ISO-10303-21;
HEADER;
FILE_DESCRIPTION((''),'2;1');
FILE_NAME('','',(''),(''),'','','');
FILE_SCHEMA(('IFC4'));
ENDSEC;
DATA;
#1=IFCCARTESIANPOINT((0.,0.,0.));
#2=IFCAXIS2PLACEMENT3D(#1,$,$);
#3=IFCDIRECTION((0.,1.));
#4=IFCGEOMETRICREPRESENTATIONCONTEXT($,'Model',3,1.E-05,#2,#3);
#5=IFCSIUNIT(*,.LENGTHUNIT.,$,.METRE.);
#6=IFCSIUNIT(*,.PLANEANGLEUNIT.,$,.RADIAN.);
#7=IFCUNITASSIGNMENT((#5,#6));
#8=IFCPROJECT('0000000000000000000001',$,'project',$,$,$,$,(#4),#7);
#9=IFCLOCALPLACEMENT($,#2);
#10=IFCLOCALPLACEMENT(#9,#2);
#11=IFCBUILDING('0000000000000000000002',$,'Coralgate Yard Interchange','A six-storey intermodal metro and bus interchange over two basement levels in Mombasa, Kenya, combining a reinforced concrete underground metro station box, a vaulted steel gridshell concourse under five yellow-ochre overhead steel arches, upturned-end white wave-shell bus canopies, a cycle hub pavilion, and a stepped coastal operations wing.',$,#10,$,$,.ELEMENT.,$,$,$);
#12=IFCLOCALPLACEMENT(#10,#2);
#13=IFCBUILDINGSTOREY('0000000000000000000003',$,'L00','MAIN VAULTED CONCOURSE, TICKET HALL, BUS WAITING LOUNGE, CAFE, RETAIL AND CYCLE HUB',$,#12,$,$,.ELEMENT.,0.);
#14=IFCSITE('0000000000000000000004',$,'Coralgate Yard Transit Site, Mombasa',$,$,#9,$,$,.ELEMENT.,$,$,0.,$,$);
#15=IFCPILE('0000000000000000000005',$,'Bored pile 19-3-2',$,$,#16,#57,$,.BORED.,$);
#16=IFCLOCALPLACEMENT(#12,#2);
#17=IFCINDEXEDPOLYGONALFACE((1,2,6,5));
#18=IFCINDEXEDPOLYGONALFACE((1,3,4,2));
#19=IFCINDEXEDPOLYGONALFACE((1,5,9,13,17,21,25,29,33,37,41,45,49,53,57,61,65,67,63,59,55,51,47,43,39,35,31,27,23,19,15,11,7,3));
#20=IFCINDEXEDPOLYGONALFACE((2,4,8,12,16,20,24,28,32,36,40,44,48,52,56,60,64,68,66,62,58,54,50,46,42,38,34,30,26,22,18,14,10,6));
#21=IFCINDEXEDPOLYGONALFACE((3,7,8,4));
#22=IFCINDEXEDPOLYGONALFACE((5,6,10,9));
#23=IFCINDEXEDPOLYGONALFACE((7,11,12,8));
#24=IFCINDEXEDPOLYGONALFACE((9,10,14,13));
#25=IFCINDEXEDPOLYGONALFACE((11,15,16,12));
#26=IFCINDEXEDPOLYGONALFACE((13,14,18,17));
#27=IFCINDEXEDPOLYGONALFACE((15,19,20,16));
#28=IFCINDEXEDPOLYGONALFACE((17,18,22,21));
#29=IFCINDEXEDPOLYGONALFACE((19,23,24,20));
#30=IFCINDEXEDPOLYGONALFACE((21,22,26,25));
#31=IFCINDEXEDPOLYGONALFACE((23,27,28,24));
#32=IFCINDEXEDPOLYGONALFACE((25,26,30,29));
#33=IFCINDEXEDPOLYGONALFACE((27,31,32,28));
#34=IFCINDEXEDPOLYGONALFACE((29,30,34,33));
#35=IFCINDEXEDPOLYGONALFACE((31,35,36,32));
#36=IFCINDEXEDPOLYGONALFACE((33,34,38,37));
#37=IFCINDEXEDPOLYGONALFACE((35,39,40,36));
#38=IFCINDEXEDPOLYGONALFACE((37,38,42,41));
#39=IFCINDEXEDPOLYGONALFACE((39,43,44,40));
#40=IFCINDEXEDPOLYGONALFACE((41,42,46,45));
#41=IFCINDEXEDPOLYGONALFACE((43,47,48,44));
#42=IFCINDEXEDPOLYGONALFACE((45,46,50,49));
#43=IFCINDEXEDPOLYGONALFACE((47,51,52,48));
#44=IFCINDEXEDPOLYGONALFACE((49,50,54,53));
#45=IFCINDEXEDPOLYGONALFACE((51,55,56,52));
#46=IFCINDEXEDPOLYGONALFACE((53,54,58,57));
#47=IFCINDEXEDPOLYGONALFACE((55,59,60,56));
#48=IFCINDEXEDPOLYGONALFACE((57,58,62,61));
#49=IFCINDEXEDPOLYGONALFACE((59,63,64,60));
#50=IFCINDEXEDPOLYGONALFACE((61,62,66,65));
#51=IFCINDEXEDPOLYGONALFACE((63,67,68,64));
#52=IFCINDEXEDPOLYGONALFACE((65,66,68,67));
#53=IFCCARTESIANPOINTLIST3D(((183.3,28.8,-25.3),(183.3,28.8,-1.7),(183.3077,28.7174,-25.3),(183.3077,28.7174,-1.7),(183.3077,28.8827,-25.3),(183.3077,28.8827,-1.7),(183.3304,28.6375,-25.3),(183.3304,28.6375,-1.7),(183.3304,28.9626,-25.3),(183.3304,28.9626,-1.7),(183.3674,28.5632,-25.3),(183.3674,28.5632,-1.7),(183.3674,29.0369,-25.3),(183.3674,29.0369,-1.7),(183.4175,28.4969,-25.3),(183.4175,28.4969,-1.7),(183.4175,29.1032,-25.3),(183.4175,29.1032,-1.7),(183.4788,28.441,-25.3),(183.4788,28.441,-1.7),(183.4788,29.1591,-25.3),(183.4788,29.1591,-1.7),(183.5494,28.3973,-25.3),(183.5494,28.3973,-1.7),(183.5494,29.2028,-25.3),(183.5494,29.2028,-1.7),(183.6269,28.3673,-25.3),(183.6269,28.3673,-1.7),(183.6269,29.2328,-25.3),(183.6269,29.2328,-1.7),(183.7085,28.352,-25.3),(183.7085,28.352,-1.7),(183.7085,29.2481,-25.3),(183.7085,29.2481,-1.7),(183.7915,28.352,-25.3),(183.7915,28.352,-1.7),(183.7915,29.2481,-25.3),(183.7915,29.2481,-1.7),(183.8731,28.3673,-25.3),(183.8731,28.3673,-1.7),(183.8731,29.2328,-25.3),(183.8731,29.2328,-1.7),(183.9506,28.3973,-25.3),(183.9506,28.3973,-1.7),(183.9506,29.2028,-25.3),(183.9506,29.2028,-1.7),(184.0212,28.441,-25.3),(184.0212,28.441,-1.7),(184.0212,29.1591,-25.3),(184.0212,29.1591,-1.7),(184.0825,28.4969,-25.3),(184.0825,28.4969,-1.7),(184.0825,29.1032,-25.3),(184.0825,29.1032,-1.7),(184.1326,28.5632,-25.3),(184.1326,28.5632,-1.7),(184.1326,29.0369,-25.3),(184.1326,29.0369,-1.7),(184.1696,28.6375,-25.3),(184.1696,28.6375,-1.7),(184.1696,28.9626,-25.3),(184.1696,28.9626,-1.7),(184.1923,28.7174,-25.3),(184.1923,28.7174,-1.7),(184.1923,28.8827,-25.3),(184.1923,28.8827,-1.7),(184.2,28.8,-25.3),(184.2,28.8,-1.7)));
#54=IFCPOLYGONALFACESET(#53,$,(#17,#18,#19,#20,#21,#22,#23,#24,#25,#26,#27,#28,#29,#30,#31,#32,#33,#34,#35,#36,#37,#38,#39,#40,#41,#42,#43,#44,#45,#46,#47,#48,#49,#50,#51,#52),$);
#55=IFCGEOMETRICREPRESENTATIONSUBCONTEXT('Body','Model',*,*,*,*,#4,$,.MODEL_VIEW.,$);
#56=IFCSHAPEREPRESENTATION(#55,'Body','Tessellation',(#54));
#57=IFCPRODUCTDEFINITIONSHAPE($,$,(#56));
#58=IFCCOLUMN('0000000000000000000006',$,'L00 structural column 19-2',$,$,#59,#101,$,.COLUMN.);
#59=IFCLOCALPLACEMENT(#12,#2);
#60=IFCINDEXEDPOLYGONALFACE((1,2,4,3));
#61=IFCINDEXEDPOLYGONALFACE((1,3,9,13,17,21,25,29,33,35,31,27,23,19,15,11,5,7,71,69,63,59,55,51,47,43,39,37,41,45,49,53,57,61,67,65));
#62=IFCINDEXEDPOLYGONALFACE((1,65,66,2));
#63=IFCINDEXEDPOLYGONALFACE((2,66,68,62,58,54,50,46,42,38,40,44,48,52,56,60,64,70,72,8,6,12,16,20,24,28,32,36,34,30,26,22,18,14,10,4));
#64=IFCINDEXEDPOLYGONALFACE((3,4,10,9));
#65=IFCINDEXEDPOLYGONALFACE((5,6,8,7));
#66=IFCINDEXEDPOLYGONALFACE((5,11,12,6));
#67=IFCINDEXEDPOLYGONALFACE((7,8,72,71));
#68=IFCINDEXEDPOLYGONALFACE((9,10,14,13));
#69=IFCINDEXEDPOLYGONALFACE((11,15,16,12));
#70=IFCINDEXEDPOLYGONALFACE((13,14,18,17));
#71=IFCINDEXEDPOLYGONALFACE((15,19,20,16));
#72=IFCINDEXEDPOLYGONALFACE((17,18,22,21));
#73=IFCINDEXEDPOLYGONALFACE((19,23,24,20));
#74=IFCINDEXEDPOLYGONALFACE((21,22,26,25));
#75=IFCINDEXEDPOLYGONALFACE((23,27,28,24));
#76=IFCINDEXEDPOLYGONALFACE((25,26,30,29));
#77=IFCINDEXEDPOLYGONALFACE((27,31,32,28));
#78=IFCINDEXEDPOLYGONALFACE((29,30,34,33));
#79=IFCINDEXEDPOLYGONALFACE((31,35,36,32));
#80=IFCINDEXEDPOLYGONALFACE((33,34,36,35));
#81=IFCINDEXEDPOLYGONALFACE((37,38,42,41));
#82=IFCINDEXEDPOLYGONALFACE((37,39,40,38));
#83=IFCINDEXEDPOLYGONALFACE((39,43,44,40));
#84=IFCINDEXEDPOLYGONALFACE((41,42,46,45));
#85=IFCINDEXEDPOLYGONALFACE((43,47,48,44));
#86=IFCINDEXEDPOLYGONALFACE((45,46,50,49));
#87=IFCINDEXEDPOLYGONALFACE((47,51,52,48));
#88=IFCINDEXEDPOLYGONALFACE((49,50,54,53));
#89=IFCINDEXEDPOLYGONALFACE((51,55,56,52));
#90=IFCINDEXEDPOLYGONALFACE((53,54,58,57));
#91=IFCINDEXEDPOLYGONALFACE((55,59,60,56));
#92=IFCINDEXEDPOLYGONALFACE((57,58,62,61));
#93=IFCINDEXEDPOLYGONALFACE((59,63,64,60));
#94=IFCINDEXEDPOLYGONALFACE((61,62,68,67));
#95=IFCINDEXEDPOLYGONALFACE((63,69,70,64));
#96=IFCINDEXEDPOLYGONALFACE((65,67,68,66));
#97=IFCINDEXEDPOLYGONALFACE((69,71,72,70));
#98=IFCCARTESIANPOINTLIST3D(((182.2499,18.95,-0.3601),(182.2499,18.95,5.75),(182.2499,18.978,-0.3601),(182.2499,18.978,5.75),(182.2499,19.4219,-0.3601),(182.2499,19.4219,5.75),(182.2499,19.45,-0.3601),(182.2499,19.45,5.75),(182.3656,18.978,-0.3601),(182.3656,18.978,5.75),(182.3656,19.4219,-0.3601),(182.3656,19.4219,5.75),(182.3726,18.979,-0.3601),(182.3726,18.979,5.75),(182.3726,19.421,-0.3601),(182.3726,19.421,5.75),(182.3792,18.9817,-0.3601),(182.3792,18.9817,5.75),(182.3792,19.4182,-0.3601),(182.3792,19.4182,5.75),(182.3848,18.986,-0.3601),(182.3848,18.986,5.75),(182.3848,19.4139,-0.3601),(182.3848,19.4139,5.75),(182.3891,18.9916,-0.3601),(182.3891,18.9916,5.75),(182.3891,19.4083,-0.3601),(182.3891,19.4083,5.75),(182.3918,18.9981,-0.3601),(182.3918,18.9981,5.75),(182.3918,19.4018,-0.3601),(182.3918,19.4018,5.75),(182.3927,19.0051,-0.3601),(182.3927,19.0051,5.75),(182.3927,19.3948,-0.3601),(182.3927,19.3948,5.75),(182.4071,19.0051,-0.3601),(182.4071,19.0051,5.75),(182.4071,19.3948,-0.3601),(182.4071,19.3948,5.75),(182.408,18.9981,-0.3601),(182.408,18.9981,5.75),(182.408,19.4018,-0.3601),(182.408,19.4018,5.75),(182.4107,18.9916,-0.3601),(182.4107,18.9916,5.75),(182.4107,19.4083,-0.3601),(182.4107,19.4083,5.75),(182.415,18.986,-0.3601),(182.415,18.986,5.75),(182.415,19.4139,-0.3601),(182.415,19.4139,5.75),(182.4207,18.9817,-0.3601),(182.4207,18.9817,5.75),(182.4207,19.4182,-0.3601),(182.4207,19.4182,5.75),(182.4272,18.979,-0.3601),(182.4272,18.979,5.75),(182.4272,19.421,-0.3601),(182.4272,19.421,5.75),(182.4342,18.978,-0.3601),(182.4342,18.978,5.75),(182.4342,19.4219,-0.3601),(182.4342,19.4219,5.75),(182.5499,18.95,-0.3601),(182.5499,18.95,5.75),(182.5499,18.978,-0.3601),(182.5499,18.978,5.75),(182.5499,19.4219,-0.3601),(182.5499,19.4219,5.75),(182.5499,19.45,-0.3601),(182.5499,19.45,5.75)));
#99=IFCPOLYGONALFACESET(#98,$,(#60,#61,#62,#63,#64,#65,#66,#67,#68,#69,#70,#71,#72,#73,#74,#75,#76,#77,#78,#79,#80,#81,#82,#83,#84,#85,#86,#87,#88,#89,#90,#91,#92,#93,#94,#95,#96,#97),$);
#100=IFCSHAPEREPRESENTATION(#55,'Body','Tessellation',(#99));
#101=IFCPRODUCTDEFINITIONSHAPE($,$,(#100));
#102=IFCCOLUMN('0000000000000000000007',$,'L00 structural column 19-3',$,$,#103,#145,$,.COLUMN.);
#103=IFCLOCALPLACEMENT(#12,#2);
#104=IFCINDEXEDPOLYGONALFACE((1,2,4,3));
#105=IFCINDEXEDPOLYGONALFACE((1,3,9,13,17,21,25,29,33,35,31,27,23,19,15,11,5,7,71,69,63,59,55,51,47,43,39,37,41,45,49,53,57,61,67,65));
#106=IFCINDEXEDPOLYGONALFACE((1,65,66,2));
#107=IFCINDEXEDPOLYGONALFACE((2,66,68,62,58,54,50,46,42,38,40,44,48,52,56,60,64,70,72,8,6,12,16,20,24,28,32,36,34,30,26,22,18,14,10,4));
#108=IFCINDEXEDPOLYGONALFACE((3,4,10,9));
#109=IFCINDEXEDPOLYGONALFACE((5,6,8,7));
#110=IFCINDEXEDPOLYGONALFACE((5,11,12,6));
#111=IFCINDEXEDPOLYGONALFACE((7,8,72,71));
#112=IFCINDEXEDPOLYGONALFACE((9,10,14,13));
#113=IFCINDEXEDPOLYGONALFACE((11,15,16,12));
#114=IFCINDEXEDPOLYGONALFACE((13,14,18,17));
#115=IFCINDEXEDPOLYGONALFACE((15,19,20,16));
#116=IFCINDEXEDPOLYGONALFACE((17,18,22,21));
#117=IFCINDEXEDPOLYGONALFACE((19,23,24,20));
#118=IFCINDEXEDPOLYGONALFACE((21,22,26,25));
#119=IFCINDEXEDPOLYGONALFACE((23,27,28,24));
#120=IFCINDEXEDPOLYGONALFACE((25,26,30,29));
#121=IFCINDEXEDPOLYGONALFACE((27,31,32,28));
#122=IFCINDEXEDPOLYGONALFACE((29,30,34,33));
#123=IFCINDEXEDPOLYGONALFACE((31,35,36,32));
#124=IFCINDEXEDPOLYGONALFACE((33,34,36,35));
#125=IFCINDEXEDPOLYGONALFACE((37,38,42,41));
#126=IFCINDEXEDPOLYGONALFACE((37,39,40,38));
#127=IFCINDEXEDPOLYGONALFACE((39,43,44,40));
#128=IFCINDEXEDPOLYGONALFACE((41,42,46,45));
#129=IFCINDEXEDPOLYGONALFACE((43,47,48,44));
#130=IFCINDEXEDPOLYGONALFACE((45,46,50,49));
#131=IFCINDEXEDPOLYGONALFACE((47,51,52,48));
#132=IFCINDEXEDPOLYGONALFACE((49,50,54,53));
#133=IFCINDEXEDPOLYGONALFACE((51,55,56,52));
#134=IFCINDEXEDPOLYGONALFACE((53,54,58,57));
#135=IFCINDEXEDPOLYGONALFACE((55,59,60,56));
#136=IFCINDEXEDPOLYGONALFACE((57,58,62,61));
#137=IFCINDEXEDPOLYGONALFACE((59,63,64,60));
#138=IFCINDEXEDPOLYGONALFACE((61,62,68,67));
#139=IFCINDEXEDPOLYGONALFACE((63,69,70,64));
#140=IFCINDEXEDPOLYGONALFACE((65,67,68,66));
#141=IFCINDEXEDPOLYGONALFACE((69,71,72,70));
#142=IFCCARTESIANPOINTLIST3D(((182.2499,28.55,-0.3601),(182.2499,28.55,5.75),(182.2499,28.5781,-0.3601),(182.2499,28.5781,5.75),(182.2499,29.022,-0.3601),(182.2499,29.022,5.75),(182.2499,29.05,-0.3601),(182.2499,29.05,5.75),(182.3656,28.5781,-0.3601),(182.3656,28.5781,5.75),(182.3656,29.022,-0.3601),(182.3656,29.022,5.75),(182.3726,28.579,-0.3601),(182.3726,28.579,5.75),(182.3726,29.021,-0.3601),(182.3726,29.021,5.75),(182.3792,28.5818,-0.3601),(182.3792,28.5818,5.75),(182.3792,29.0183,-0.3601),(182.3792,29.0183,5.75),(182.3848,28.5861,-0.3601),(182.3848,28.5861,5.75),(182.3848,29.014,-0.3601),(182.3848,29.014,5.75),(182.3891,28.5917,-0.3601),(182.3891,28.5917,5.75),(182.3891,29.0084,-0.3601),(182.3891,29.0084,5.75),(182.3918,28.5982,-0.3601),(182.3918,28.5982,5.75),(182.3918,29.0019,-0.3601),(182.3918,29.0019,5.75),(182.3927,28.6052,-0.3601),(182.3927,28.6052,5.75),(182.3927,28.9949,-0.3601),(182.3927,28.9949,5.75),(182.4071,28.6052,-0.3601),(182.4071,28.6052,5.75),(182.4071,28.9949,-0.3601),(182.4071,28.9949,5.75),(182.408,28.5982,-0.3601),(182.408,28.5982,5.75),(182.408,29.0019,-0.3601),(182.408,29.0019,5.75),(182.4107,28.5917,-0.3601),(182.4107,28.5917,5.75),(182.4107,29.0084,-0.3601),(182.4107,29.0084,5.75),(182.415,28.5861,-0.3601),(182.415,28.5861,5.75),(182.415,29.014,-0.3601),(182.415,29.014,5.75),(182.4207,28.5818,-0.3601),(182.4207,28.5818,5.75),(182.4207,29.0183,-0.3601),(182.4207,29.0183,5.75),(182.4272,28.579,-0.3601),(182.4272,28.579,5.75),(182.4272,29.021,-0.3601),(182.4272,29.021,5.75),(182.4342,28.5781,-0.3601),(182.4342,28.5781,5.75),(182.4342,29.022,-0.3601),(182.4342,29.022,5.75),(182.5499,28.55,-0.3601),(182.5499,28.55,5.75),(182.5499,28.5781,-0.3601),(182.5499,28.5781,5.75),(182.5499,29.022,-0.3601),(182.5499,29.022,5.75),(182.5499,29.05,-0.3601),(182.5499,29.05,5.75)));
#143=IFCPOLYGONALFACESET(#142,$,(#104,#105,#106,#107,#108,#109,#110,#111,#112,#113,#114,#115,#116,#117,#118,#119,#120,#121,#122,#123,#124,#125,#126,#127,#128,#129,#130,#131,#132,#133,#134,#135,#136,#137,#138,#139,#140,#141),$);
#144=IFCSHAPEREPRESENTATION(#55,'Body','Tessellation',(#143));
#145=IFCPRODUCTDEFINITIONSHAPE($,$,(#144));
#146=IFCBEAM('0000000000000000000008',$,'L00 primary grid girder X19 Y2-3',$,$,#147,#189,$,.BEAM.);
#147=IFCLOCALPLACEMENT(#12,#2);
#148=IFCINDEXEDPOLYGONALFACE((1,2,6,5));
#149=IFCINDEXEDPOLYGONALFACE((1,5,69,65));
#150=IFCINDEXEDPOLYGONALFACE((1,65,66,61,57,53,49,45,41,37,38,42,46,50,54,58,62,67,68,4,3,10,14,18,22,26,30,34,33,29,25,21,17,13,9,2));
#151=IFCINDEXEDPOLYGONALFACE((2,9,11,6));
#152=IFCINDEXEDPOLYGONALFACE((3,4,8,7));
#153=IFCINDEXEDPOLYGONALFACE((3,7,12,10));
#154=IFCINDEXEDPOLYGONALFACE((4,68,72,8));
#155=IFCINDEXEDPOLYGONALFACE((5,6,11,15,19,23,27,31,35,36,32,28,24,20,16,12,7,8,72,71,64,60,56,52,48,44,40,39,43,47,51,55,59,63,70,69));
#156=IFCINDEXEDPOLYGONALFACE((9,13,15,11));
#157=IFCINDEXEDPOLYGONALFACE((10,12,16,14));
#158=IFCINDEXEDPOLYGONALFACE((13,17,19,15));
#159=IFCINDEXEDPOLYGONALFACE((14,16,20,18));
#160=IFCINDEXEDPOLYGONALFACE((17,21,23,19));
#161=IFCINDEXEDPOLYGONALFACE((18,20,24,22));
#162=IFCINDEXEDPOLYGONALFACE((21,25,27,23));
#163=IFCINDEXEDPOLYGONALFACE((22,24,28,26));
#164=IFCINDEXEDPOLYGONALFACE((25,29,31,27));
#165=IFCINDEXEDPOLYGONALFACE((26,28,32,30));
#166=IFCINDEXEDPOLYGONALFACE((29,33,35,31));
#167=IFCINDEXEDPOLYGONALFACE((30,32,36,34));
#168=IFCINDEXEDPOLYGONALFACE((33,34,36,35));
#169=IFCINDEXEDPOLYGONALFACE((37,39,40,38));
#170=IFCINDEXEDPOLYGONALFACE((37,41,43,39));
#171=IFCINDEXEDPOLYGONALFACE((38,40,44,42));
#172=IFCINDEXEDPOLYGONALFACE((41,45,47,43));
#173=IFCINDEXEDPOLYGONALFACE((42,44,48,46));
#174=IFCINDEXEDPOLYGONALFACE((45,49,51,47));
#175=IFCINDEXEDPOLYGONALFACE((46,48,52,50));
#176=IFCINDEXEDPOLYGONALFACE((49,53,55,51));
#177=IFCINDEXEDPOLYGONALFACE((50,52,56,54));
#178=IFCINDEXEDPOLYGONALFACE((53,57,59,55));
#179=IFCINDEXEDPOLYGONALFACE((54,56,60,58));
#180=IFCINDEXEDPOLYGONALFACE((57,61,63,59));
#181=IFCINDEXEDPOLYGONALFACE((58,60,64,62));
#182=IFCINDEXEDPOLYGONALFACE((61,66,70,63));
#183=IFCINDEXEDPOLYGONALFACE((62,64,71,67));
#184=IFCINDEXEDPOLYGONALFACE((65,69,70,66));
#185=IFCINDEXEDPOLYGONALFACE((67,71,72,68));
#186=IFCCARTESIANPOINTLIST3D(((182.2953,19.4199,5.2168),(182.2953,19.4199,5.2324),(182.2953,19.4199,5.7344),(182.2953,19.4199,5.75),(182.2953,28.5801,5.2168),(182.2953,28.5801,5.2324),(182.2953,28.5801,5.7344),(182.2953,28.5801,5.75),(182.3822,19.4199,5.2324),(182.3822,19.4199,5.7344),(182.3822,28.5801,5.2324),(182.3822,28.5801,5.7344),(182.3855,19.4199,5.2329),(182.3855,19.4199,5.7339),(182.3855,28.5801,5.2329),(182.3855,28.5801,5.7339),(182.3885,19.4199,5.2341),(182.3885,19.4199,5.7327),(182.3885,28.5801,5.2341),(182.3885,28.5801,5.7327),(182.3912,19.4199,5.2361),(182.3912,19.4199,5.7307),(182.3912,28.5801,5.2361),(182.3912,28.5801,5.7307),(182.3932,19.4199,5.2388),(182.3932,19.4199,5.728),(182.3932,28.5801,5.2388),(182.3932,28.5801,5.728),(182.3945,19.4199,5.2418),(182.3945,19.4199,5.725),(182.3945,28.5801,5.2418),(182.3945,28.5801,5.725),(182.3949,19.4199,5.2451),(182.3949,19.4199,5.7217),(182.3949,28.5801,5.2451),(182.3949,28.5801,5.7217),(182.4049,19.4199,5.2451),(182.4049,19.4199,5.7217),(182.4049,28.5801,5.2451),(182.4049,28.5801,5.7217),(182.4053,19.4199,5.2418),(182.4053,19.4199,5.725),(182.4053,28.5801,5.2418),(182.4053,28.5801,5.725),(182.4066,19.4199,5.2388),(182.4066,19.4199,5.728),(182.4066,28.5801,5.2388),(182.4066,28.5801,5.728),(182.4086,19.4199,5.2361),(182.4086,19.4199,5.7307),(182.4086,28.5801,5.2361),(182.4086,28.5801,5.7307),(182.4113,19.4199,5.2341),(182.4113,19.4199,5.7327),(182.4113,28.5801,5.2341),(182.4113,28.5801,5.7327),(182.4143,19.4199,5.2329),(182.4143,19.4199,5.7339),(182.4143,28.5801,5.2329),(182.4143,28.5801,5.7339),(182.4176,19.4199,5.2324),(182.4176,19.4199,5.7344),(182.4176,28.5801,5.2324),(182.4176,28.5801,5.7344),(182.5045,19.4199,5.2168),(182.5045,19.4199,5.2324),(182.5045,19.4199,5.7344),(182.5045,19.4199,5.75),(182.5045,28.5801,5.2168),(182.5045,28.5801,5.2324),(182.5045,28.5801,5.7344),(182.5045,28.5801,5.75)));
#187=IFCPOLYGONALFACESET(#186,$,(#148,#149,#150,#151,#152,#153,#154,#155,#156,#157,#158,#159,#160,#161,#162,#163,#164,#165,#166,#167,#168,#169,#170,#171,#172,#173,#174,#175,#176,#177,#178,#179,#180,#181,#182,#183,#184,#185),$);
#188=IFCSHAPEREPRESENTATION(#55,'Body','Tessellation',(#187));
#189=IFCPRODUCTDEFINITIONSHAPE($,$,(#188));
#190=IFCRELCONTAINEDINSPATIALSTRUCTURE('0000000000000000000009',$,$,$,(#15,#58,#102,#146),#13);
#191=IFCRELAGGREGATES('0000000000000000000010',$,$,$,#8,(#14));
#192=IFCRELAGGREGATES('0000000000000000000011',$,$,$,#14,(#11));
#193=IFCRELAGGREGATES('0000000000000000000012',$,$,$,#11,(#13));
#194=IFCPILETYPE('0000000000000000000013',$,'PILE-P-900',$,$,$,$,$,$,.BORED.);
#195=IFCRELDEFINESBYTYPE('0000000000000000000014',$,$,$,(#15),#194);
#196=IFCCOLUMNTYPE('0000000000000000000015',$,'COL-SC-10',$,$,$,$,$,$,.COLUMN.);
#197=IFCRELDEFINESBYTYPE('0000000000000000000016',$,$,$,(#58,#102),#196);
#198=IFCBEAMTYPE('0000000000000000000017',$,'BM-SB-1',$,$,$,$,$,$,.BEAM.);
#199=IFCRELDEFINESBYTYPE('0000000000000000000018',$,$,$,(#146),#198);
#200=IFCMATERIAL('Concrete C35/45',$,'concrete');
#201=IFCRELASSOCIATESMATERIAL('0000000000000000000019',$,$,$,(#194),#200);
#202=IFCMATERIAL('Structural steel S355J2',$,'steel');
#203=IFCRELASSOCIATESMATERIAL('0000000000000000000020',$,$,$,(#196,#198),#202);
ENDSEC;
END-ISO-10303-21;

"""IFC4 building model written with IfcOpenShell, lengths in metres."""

from ifc_helpers import new_model, si_unit, direction, frame, origin, origin_2d, place, context, subcontext, project, spatial, circle, i_section, extrude, material, material_profile, profile_set, type_object, element, save


model = new_model("IFC4")

# Units and contexts
model_context = context("Model", 3, precision=1e-05, world=origin(), true_north=direction((0.0, 1.0)))
body_context = subcontext(model_context, "Body", "Model", "MODEL_VIEW")
ifc_project = project(units=[si_unit("LENGTHUNIT", "METRE"), si_unit("PLANEANGLEUNIT", "RADIAN")], contexts=[model_context])

# Site, building, storey
site_placement = place(None, origin())
site = spatial("IfcSite", under=ifc_project, at=site_placement, Name="Coralgate Yard Transit Site, Mombasa", CompositionType="ELEMENT", RefElevation=0.0)
building_placement = place(site_placement, origin())
building = spatial("IfcBuilding", under=site, at=building_placement, Name="Coralgate Yard Interchange", Description="A six-storey intermodal metro and bus interchange over two basement levels in Mombasa, Kenya, combining a reinforced concrete underground metro station box, a vaulted steel gridshell concourse under five yellow-ochre overhead steel arches, upturned-end white wave-shell bus canopies, a cycle hub pavilion, and a stepped coastal operations wing.", CompositionType="ELEMENT")
storey_placement = place(building_placement, origin())
storey = spatial("IfcBuildingStorey", under=building, at=storey_placement, Name="L00", Description="MAIN VAULTED CONCOURSE, TICKET HALL, BUS WAITING LOUNGE, CAFE, RETAIL AND CYCLE HUB", CompositionType="ELEMENT", Elevation=0.0)

# Pile
ifc_material_1 = material(Name="Concrete C35/45", Category="concrete")
ifc_material_profile_1 = material_profile(ifc_material_1, circle(Radius=0.45, at=origin_2d()), Name="BORED PILE D900")
ifc_profile_set_1 = profile_set([ifc_material_profile_1], Name="Concrete C35/45")
pile_type = type_object("IfcPileType", Name="PILE-P-900", PredefinedType="BORED", material=ifc_profile_set_1)
for number, where, z_axis, x_axis, name in (
    (1, (183.75, 28.8, -1.7), (0.0, 0.0, -1.0), (1.0, 0.0, 0.0), "Bored pile 19-3-2"),
):
    element("IfcPile", number, at=place(storey_placement, frame(where, z_axis=z_axis, x_axis=x_axis)), inside=storey, type_object=pile_type, Name=name, PredefinedType="BORED", context=body_context, shape_type="SweptSolid", body=[
        extrude(circle(Radius=0.45, at=origin_2d()), origin(), (0.0, 0.0, 1.0), 23.6001),
    ])

# Columns
ifc_material_2 = material(Name="Structural steel S355J2", Category="steel")
ifc_material_profile_2 = material_profile(ifc_material_2, i_section(OverallWidth=0.3, OverallDepth=0.5, WebThickness=0.0144, FlangeThickness=0.0281, FilletRadius=0.0271, at=origin_2d()), Name="HEB 500")
ifc_profile_set_2 = profile_set([ifc_material_profile_2], Name="Structural steel S355J2")
column_type = type_object("IfcColumnType", Name="COL-SC-10", PredefinedType="COLUMN", material=ifc_profile_set_2)
for number, where, z_axis, x_axis, name in (
    (2, (182.3999, 19.2, -0.3601), (0.0, 0.0, 1.0), (1.0, 0.0, 0.0), "L00 structural column 19-2"),
    (3, (182.3999, 28.8, -0.3601), (0.0, 0.0, 1.0), (1.0, 0.0, 0.0), "L00 structural column 19-3"),
):
    element("IfcColumn", number, at=place(storey_placement, frame(where, z_axis=z_axis, x_axis=x_axis)), inside=storey, type_object=column_type, Name=name, PredefinedType="COLUMN", context=body_context, shape_type="SweptSolid", body=[
        extrude(i_section(OverallWidth=0.3, OverallDepth=0.5, WebThickness=0.0144, FlangeThickness=0.0281, FilletRadius=0.0271, at=origin_2d()), origin(), (0.0, 0.0, 1.0), 6.1101),
    ])

# Beam
ifc_material_profile_3 = material_profile(ifc_material_2, i_section(OverallWidth=0.2092, OverallDepth=0.5332, WebThickness=0.01, FlangeThickness=0.0156, FilletRadius=0.0127, at=origin_2d()), Name="UB 533x210x92")
ifc_profile_set_3 = profile_set([ifc_material_profile_3], Name="Structural steel S355J2")
beam_type_1 = type_object("IfcBeamType", Name="BM-SB-1", PredefinedType="BEAM", material=ifc_profile_set_3)
beam_1_placement = place(storey_placement, frame((182.3999, 19.4199, 5.4834), z_axis=(0.0, 1.0, 0.0), x_axis=(-1.0, 0.0, 0.0)))
element("IfcBeam", 4, at=beam_1_placement, inside=storey, type_object=beam_type_1, Name="L00 primary grid girder X19 Y2-3", PredefinedType="BEAM", context=body_context, shape_type="SweptSolid", body=[
    extrude(i_section(OverallWidth=0.2092, OverallDepth=0.5332, WebThickness=0.01, FlangeThickness=0.0156, FilletRadius=0.0127, at=origin_2d()), origin(), (0.0, 0.0, 1.0), 9.1602),
])

save(model, "model.ifc")
